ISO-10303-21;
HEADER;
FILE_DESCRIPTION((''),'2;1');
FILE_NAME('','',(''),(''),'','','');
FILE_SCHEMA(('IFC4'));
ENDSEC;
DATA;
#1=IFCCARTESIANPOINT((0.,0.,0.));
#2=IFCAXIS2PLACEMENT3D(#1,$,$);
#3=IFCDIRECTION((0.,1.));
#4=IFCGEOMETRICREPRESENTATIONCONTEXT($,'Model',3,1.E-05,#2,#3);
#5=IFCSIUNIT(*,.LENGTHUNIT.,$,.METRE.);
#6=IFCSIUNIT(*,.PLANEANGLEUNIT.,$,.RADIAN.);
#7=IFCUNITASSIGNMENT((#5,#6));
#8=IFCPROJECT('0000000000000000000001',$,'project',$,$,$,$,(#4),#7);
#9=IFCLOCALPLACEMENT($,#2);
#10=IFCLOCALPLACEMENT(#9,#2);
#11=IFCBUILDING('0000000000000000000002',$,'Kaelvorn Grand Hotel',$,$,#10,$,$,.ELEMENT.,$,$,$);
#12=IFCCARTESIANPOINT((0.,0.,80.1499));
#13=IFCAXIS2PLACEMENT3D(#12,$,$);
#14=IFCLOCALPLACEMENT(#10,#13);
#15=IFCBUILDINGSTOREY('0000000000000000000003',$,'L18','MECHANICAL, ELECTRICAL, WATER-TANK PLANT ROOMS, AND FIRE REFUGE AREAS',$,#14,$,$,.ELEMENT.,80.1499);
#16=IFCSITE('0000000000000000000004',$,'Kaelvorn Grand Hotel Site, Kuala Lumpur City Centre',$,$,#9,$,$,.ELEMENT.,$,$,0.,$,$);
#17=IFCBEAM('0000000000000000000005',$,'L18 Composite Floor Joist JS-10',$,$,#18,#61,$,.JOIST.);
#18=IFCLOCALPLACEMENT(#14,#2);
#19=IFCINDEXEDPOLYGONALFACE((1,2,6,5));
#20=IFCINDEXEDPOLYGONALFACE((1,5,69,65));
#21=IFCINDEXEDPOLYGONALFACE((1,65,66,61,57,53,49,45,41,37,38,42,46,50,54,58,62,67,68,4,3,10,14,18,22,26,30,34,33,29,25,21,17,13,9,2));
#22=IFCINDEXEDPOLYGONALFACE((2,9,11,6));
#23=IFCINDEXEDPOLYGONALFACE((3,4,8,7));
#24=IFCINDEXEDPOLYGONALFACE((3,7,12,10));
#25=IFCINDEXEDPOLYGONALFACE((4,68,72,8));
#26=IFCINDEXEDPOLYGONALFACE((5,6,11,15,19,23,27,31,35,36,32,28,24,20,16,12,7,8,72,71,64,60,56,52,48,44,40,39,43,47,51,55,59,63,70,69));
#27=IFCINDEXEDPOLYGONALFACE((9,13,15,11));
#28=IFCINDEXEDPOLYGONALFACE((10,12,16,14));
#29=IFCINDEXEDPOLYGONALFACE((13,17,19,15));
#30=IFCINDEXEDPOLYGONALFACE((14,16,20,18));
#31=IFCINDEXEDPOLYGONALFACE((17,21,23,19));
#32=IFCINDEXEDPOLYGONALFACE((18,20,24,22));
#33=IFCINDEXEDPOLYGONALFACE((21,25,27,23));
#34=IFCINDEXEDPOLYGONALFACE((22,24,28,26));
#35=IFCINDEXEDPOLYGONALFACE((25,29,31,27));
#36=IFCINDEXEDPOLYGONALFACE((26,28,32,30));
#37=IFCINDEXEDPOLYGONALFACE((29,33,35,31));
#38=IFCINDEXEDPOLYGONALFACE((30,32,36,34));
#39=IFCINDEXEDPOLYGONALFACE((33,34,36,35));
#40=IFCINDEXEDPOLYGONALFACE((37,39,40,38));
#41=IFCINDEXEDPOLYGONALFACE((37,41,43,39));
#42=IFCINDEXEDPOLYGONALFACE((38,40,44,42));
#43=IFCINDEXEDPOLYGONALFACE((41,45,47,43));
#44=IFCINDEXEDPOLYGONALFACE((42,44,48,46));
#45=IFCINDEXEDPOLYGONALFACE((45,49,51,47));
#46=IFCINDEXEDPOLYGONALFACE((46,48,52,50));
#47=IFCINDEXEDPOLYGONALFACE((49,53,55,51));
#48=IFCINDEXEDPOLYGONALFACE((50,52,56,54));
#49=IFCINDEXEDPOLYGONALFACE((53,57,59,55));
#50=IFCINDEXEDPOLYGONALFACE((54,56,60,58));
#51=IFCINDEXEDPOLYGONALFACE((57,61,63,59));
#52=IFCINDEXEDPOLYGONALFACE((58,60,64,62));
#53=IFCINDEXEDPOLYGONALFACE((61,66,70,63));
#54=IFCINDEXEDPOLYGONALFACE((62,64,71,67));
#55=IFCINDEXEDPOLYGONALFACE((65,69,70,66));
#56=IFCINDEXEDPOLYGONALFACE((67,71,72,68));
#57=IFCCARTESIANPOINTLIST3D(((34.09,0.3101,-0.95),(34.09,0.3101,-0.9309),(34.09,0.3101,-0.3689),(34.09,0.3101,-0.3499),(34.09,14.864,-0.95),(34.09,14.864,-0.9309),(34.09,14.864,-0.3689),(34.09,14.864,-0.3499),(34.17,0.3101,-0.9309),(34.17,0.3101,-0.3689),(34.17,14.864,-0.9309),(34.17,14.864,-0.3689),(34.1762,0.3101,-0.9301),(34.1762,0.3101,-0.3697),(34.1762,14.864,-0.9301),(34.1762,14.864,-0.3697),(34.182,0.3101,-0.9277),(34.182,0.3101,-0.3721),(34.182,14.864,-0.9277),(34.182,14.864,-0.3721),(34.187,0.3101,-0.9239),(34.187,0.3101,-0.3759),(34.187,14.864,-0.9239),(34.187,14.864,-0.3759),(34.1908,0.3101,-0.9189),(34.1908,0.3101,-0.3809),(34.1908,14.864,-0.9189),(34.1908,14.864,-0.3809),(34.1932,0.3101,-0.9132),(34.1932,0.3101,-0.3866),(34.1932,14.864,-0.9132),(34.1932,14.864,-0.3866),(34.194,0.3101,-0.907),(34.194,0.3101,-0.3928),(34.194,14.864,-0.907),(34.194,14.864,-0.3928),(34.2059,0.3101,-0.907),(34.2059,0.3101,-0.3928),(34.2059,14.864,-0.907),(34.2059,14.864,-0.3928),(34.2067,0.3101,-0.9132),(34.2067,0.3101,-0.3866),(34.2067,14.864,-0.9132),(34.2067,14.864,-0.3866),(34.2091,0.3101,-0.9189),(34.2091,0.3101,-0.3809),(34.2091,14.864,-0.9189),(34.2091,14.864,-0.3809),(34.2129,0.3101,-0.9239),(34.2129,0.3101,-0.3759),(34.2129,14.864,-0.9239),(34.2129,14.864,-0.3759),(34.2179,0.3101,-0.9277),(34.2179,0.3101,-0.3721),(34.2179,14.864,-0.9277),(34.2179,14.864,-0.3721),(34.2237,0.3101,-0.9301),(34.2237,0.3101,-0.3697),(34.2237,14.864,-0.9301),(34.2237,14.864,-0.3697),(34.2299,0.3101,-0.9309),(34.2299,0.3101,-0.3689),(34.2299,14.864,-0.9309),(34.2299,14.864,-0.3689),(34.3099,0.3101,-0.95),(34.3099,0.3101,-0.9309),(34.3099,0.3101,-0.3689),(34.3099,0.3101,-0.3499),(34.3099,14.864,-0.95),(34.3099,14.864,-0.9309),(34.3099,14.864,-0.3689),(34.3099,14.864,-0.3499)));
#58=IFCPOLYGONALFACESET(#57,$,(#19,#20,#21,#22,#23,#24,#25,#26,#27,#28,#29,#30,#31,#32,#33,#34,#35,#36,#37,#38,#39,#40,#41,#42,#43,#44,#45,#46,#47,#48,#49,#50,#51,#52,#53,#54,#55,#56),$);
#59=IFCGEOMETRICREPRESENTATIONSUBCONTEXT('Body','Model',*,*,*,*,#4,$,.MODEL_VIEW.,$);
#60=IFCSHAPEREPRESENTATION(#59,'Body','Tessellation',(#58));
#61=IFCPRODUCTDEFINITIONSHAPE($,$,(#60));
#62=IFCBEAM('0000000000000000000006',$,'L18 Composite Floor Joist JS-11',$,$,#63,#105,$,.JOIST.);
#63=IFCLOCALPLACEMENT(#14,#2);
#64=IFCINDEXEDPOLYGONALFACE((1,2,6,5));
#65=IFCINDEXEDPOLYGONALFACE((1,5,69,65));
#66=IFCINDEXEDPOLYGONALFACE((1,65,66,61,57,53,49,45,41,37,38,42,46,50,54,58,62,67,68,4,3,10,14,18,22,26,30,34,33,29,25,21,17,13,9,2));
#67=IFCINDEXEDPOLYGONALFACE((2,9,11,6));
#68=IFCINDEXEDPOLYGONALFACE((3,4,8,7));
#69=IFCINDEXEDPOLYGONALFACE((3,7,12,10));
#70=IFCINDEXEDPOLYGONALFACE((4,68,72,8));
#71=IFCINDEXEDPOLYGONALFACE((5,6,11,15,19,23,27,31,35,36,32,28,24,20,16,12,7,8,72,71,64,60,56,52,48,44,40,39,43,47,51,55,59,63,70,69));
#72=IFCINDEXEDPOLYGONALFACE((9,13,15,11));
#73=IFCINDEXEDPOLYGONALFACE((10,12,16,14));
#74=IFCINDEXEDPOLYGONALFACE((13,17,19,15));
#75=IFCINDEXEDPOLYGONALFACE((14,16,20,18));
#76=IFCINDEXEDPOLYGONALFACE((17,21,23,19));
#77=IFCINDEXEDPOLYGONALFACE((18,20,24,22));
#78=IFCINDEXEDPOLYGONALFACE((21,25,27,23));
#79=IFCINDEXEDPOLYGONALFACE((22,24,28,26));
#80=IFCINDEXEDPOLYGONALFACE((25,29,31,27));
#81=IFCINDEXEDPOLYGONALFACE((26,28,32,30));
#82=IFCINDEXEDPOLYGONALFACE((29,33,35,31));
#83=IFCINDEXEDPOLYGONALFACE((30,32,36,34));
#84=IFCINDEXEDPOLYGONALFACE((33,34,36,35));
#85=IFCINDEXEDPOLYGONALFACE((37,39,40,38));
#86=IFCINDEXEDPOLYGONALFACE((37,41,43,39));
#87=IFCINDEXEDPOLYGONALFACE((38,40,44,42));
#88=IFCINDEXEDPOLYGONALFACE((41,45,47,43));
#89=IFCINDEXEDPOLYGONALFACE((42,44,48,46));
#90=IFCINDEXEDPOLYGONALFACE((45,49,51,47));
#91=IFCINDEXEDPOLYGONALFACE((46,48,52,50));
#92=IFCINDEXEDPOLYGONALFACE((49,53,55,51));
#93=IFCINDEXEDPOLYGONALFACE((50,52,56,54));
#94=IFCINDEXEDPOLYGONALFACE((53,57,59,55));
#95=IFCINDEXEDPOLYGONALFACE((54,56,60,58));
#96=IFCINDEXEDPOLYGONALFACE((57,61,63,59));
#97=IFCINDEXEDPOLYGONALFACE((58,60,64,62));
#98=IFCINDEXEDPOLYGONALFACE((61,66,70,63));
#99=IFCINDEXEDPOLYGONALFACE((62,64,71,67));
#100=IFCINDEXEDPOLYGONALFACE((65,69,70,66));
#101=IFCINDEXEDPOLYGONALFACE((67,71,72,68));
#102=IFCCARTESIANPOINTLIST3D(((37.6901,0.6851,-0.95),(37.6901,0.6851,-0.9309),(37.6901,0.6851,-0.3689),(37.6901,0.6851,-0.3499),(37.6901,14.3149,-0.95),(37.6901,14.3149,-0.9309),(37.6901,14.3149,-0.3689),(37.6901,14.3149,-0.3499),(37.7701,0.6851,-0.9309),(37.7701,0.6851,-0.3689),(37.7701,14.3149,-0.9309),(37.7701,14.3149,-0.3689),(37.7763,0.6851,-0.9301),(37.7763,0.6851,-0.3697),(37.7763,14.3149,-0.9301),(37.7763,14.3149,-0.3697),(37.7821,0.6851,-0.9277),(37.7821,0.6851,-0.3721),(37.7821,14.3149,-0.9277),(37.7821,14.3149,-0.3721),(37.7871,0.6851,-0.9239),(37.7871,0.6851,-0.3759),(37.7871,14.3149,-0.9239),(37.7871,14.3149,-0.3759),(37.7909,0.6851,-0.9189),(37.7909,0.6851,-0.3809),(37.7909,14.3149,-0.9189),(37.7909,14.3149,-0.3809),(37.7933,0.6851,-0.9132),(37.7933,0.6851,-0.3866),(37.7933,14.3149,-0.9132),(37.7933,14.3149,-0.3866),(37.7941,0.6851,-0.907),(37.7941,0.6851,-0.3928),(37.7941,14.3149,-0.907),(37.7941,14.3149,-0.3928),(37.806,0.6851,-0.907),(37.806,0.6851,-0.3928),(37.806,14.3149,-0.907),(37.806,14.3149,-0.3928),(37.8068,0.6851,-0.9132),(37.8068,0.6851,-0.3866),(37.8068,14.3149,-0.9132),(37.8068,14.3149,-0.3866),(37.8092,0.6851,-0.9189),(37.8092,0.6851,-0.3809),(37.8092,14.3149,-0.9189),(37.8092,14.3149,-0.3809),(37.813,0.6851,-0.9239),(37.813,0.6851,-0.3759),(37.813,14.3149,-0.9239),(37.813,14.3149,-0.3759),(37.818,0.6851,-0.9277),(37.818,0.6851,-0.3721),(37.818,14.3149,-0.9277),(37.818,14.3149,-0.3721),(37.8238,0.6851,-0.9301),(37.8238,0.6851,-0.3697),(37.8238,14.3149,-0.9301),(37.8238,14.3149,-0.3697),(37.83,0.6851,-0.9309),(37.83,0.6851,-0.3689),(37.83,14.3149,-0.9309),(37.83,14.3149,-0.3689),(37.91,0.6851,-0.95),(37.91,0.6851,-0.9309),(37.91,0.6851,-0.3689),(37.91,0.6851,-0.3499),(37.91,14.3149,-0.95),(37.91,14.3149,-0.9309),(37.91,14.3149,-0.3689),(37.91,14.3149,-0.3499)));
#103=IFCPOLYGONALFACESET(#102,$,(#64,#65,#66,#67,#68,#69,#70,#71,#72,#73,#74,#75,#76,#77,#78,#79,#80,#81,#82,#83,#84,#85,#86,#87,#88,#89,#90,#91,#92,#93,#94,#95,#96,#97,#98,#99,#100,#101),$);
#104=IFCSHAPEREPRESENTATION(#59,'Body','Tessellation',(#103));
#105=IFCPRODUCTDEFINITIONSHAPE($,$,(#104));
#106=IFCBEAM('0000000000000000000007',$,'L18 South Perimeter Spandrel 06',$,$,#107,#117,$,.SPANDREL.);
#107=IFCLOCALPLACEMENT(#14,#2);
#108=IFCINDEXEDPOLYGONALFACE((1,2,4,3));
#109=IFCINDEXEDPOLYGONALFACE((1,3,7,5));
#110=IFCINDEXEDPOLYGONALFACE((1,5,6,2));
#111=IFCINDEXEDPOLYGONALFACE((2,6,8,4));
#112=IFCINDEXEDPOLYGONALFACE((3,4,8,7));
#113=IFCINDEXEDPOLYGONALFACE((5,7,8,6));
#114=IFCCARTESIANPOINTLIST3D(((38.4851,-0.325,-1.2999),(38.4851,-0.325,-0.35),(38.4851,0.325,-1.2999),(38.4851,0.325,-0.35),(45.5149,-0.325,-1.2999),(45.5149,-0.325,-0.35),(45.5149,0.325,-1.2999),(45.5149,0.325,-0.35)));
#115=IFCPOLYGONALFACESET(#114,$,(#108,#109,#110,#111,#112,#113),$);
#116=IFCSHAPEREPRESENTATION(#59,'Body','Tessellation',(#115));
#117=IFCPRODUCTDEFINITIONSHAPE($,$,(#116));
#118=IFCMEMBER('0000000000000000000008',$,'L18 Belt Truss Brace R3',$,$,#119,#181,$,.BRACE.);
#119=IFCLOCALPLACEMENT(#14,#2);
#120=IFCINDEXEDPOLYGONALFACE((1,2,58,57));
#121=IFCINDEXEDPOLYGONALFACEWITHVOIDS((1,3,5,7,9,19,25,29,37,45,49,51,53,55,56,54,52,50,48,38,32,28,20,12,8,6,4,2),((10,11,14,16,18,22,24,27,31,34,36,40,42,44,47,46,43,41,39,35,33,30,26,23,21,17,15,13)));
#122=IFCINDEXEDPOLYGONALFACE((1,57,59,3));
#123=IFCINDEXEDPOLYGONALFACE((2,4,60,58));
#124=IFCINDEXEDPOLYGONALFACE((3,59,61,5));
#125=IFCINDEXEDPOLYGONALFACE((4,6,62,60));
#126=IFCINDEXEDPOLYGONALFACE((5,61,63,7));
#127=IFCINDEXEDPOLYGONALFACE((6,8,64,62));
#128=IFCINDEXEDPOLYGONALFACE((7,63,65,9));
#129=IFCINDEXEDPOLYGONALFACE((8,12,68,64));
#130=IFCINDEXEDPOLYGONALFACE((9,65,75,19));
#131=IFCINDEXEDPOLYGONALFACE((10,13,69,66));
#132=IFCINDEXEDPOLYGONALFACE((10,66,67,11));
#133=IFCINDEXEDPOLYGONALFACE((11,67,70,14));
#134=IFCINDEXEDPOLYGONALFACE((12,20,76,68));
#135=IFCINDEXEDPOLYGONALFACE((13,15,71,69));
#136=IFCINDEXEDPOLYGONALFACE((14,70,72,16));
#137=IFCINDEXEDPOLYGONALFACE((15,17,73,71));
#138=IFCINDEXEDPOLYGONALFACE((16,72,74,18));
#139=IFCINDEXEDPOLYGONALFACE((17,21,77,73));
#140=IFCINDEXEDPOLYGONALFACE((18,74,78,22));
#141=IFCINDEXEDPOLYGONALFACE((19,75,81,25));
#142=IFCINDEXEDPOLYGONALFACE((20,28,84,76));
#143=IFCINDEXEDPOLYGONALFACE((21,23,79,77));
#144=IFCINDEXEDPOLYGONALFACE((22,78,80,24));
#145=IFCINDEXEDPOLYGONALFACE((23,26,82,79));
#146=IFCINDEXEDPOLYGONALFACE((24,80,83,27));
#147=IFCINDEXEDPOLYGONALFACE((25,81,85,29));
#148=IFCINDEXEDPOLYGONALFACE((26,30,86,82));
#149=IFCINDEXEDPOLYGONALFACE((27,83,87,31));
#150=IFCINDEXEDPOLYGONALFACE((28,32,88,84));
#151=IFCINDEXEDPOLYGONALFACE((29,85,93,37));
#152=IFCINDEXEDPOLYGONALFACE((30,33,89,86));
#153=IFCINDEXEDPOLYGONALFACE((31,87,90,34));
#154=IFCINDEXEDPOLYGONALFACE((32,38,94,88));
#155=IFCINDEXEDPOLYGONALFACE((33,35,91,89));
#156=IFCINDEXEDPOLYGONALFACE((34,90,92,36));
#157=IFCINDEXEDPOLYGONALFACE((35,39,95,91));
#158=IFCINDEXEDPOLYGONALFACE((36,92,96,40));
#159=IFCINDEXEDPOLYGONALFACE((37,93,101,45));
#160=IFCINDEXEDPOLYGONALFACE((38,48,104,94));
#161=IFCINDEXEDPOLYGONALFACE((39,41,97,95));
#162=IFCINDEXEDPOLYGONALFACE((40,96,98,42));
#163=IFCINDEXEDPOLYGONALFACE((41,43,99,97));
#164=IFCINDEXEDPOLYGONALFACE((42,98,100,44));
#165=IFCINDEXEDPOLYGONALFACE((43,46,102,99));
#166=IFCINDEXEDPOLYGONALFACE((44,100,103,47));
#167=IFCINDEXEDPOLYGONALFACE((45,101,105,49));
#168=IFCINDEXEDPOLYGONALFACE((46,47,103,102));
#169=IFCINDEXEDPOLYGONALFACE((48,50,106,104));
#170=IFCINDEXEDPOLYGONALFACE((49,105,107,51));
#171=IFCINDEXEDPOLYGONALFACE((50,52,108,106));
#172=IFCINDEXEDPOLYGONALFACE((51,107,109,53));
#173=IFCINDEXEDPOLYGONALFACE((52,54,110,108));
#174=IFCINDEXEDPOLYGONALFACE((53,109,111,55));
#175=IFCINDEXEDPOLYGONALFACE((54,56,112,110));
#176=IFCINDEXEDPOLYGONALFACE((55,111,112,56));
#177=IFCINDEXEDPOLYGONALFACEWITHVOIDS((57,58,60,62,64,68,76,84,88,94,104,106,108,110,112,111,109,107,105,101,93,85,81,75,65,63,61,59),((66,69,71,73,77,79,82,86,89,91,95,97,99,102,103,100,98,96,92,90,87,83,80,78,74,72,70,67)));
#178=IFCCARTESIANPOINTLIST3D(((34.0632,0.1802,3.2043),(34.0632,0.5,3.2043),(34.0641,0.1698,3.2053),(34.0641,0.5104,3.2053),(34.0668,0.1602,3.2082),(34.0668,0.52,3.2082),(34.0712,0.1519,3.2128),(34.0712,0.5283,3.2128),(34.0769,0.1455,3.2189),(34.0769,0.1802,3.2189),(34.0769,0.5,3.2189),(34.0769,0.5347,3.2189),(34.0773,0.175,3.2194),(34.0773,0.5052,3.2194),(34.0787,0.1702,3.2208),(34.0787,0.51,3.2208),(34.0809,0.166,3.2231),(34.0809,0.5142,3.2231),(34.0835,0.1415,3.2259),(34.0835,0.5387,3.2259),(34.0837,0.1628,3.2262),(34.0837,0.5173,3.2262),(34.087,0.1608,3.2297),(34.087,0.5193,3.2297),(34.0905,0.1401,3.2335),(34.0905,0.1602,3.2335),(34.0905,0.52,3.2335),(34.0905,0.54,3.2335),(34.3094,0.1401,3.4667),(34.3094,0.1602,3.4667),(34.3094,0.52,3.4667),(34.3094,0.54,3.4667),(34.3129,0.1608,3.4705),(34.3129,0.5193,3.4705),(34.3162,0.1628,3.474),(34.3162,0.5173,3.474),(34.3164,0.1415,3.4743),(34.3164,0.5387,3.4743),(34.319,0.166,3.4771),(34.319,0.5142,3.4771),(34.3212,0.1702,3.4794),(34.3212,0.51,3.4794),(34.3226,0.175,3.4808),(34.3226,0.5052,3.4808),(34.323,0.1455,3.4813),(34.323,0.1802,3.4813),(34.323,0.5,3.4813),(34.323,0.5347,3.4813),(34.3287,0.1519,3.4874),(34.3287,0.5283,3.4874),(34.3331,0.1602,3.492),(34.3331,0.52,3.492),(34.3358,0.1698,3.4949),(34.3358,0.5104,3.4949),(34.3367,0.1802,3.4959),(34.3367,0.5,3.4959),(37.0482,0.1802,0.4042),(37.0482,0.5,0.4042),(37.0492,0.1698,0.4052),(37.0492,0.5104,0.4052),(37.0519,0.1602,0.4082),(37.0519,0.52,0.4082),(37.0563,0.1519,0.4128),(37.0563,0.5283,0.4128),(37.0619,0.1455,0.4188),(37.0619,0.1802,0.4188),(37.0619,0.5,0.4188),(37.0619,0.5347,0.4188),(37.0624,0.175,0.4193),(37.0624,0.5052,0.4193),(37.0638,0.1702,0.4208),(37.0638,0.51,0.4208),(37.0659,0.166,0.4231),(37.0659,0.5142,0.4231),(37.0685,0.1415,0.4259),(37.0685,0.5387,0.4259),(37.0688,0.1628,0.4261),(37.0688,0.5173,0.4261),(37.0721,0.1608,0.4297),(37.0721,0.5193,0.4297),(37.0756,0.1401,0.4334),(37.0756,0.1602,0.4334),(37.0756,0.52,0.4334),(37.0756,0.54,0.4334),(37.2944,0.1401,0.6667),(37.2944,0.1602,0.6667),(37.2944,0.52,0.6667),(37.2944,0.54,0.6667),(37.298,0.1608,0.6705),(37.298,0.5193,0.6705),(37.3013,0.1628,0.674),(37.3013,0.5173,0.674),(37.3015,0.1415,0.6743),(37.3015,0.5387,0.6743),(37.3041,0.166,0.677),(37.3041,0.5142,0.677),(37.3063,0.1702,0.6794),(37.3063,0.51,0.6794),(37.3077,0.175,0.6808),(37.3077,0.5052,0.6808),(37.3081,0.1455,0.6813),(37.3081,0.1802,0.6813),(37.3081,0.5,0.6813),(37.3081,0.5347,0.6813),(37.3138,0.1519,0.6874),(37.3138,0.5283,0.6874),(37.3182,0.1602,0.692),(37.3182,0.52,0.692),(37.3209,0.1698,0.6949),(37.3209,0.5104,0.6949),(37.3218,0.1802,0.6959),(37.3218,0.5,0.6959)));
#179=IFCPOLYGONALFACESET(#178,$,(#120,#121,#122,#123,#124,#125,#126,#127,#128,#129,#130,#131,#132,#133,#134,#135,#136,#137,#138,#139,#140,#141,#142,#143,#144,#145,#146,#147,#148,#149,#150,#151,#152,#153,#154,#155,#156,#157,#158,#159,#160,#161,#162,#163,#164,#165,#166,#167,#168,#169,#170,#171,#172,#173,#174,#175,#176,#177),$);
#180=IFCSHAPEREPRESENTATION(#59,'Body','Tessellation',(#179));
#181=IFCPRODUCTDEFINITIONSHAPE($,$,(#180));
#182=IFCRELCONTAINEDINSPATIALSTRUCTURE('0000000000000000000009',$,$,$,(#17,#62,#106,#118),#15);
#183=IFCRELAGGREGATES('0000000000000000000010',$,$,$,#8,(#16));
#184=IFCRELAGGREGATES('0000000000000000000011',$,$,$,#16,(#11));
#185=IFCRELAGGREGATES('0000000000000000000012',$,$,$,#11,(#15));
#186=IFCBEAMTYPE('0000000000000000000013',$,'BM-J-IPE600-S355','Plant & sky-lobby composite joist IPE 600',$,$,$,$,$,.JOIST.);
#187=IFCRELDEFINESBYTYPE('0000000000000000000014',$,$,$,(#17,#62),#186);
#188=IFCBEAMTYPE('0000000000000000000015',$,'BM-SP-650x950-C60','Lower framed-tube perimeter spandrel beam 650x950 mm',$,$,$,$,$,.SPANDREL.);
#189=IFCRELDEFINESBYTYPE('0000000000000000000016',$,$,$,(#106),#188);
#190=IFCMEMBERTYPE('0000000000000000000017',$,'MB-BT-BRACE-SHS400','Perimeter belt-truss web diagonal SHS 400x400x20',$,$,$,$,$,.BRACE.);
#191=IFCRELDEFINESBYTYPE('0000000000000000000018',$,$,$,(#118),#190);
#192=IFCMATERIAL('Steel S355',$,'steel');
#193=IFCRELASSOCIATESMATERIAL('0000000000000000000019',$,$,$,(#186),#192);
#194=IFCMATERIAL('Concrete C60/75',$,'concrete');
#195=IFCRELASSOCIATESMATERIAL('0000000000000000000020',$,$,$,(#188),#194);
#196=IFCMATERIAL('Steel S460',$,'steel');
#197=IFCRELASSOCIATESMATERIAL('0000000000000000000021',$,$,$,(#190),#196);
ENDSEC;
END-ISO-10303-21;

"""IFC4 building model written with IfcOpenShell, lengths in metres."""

from ifc_helpers import new_model, si_unit, direction, frame, origin, origin_2d, place, context, subcontext, project, spatial, rectangle, hollow_rectangle, i_section, extrude, material, material_profile, profile_set, type_object, element, save


model = new_model("IFC4")

# Units and contexts
model_context = context("Model", 3, precision=1e-05, world=origin(), true_north=direction((0.0, 1.0)))
body_context = subcontext(model_context, "Body", "Model", "MODEL_VIEW")
ifc_project = project(units=[si_unit("LENGTHUNIT", "METRE"), si_unit("PLANEANGLEUNIT", "RADIAN")], contexts=[model_context])

# Site, building, storey
site_placement = place(None, origin())
site = spatial("IfcSite", under=ifc_project, at=site_placement, Name="Kaelvorn Grand Hotel Site, Kuala Lumpur City Centre", CompositionType="ELEMENT", RefElevation=0.0)
building_placement = place(site_placement, origin())
building = spatial("IfcBuilding", under=site, at=building_placement, Name="Kaelvorn Grand Hotel", CompositionType="ELEMENT")
storey_placement = place(building_placement, frame((0.0, 0.0, 80.1499)))
storey = spatial("IfcBuildingStorey", under=building, at=storey_placement, Name="L18", Description="MECHANICAL, ELECTRICAL, WATER-TANK PLANT ROOMS, AND FIRE REFUGE AREAS", CompositionType="ELEMENT", Elevation=80.1499)

# Beams
ifc_material_1 = material(Name="Steel S460", Category="steel")
ifc_material_2 = material(Name="Steel S355", Category="steel")
ifc_material_profile_1 = material_profile(ifc_material_2, i_section(OverallWidth=0.22, OverallDepth=0.6001, WebThickness=0.012, FlangeThickness=0.019, FilletRadius=0.0239, at=origin_2d()), Name="IPE 600")
ifc_profile_set_1 = profile_set([ifc_material_profile_1], Name="Steel S355")
beam_type_1 = type_object("IfcBeamType", Name="BM-J-IPE600-S355", Description="Plant & sky-lobby composite joist IPE 600", PredefinedType="JOIST", material=ifc_profile_set_1)
beam_1_placement = place(storey_placement, frame((34.2, 0.3101, -0.6499), z_axis=(0.0, 1.0, 0.0), x_axis=(-1.0, 0.0, 0.0)))
element("IfcBeam", 1, at=beam_1_placement, inside=storey, type_object=beam_type_1, Name="L18 Composite Floor Joist JS-10", PredefinedType="JOIST", context=body_context, shape_type="SweptSolid", body=[
    extrude(i_section(OverallWidth=0.22, OverallDepth=0.6001, WebThickness=0.012, FlangeThickness=0.019, FilletRadius=0.0239, at=origin_2d()), origin(), (0.0, 0.0, 1.0), 14.554),
])
beam_2_placement = place(storey_placement, frame((37.8, 0.6851, -0.6499), z_axis=(0.0, 1.0, 0.0), x_axis=(-1.0, 0.0, 0.0)))
element("IfcBeam", 2, at=beam_2_placement, inside=storey, type_object=beam_type_1, Name="L18 Composite Floor Joist JS-11", PredefinedType="JOIST", context=body_context, shape_type="SweptSolid", body=[
    extrude(i_section(OverallWidth=0.22, OverallDepth=0.6001, WebThickness=0.012, FlangeThickness=0.019, FilletRadius=0.0239, at=origin_2d()), origin(), (0.0, 0.0, 1.0), 13.6299),
])
ifc_material_3 = material(Name="Concrete C60/75", Category="concrete")
ifc_material_profile_2 = material_profile(ifc_material_3, rectangle(XDim=0.6499, YDim=0.95, at=origin_2d()), Name="RC SPANDREL 650x950")
ifc_profile_set_2 = profile_set([ifc_material_profile_2], Name="Concrete C60/75")
beam_type_2 = type_object("IfcBeamType", Name="BM-SP-650x950-C60", Description="Lower framed-tube perimeter spandrel beam 650x950 mm", PredefinedType="SPANDREL", material=ifc_profile_set_2)
beam_3_placement = place(storey_placement, frame((38.4851, 0.0, -0.825), z_axis=(1.0, 0.0, 0.0), x_axis=(0.0, 1.0, 0.0)))
element("IfcBeam", 3, at=beam_3_placement, inside=storey, type_object=beam_type_2, Name="L18 South Perimeter Spandrel 06", PredefinedType="SPANDREL", context=body_context, shape_type="SweptSolid", body=[
    extrude(rectangle(XDim=0.6499, YDim=0.95, at=origin_2d()), origin(), (0.0, 0.0, 1.0), 7.0298),
])

# Member
ifc_material_profile_3 = material_profile(ifc_material_1, hollow_rectangle(XDim=0.3999, YDim=0.3999, WallThickness=0.02, InnerFilletRadius=0.02, OuterFilletRadius=0.04, at=origin_2d()), Name="SHS 400x400x20.0")
ifc_profile_set_3 = profile_set([ifc_material_profile_3], Name="Steel S460")
member_type_1 = type_object("IfcMemberType", Name="MB-BT-BRACE-SHS400", Description="Perimeter belt-truss web diagonal SHS 400x400x20", PredefinedType="BRACE", material=ifc_profile_set_3)
member_1_placement = place(storey_placement, frame((34.2, 0.3401, 3.3501), z_axis=(0.729353, 0.0, -0.684138), x_axis=(0.0, 1.0, 0.0)))
element("IfcMember", 4, at=member_1_placement, inside=storey, type_object=member_type_1, Name="L18 Belt Truss Brace R3", PredefinedType="BRACE", context=body_context, shape_type="SweptSolid", body=[
    extrude(hollow_rectangle(XDim=0.3999, YDim=0.3999, WallThickness=0.02, InnerFilletRadius=0.02, OuterFilletRadius=0.04, at=origin_2d()), origin(), (0.0, 0.0, 1.0), 4.0928),
])

save(model, "model.ifc")
